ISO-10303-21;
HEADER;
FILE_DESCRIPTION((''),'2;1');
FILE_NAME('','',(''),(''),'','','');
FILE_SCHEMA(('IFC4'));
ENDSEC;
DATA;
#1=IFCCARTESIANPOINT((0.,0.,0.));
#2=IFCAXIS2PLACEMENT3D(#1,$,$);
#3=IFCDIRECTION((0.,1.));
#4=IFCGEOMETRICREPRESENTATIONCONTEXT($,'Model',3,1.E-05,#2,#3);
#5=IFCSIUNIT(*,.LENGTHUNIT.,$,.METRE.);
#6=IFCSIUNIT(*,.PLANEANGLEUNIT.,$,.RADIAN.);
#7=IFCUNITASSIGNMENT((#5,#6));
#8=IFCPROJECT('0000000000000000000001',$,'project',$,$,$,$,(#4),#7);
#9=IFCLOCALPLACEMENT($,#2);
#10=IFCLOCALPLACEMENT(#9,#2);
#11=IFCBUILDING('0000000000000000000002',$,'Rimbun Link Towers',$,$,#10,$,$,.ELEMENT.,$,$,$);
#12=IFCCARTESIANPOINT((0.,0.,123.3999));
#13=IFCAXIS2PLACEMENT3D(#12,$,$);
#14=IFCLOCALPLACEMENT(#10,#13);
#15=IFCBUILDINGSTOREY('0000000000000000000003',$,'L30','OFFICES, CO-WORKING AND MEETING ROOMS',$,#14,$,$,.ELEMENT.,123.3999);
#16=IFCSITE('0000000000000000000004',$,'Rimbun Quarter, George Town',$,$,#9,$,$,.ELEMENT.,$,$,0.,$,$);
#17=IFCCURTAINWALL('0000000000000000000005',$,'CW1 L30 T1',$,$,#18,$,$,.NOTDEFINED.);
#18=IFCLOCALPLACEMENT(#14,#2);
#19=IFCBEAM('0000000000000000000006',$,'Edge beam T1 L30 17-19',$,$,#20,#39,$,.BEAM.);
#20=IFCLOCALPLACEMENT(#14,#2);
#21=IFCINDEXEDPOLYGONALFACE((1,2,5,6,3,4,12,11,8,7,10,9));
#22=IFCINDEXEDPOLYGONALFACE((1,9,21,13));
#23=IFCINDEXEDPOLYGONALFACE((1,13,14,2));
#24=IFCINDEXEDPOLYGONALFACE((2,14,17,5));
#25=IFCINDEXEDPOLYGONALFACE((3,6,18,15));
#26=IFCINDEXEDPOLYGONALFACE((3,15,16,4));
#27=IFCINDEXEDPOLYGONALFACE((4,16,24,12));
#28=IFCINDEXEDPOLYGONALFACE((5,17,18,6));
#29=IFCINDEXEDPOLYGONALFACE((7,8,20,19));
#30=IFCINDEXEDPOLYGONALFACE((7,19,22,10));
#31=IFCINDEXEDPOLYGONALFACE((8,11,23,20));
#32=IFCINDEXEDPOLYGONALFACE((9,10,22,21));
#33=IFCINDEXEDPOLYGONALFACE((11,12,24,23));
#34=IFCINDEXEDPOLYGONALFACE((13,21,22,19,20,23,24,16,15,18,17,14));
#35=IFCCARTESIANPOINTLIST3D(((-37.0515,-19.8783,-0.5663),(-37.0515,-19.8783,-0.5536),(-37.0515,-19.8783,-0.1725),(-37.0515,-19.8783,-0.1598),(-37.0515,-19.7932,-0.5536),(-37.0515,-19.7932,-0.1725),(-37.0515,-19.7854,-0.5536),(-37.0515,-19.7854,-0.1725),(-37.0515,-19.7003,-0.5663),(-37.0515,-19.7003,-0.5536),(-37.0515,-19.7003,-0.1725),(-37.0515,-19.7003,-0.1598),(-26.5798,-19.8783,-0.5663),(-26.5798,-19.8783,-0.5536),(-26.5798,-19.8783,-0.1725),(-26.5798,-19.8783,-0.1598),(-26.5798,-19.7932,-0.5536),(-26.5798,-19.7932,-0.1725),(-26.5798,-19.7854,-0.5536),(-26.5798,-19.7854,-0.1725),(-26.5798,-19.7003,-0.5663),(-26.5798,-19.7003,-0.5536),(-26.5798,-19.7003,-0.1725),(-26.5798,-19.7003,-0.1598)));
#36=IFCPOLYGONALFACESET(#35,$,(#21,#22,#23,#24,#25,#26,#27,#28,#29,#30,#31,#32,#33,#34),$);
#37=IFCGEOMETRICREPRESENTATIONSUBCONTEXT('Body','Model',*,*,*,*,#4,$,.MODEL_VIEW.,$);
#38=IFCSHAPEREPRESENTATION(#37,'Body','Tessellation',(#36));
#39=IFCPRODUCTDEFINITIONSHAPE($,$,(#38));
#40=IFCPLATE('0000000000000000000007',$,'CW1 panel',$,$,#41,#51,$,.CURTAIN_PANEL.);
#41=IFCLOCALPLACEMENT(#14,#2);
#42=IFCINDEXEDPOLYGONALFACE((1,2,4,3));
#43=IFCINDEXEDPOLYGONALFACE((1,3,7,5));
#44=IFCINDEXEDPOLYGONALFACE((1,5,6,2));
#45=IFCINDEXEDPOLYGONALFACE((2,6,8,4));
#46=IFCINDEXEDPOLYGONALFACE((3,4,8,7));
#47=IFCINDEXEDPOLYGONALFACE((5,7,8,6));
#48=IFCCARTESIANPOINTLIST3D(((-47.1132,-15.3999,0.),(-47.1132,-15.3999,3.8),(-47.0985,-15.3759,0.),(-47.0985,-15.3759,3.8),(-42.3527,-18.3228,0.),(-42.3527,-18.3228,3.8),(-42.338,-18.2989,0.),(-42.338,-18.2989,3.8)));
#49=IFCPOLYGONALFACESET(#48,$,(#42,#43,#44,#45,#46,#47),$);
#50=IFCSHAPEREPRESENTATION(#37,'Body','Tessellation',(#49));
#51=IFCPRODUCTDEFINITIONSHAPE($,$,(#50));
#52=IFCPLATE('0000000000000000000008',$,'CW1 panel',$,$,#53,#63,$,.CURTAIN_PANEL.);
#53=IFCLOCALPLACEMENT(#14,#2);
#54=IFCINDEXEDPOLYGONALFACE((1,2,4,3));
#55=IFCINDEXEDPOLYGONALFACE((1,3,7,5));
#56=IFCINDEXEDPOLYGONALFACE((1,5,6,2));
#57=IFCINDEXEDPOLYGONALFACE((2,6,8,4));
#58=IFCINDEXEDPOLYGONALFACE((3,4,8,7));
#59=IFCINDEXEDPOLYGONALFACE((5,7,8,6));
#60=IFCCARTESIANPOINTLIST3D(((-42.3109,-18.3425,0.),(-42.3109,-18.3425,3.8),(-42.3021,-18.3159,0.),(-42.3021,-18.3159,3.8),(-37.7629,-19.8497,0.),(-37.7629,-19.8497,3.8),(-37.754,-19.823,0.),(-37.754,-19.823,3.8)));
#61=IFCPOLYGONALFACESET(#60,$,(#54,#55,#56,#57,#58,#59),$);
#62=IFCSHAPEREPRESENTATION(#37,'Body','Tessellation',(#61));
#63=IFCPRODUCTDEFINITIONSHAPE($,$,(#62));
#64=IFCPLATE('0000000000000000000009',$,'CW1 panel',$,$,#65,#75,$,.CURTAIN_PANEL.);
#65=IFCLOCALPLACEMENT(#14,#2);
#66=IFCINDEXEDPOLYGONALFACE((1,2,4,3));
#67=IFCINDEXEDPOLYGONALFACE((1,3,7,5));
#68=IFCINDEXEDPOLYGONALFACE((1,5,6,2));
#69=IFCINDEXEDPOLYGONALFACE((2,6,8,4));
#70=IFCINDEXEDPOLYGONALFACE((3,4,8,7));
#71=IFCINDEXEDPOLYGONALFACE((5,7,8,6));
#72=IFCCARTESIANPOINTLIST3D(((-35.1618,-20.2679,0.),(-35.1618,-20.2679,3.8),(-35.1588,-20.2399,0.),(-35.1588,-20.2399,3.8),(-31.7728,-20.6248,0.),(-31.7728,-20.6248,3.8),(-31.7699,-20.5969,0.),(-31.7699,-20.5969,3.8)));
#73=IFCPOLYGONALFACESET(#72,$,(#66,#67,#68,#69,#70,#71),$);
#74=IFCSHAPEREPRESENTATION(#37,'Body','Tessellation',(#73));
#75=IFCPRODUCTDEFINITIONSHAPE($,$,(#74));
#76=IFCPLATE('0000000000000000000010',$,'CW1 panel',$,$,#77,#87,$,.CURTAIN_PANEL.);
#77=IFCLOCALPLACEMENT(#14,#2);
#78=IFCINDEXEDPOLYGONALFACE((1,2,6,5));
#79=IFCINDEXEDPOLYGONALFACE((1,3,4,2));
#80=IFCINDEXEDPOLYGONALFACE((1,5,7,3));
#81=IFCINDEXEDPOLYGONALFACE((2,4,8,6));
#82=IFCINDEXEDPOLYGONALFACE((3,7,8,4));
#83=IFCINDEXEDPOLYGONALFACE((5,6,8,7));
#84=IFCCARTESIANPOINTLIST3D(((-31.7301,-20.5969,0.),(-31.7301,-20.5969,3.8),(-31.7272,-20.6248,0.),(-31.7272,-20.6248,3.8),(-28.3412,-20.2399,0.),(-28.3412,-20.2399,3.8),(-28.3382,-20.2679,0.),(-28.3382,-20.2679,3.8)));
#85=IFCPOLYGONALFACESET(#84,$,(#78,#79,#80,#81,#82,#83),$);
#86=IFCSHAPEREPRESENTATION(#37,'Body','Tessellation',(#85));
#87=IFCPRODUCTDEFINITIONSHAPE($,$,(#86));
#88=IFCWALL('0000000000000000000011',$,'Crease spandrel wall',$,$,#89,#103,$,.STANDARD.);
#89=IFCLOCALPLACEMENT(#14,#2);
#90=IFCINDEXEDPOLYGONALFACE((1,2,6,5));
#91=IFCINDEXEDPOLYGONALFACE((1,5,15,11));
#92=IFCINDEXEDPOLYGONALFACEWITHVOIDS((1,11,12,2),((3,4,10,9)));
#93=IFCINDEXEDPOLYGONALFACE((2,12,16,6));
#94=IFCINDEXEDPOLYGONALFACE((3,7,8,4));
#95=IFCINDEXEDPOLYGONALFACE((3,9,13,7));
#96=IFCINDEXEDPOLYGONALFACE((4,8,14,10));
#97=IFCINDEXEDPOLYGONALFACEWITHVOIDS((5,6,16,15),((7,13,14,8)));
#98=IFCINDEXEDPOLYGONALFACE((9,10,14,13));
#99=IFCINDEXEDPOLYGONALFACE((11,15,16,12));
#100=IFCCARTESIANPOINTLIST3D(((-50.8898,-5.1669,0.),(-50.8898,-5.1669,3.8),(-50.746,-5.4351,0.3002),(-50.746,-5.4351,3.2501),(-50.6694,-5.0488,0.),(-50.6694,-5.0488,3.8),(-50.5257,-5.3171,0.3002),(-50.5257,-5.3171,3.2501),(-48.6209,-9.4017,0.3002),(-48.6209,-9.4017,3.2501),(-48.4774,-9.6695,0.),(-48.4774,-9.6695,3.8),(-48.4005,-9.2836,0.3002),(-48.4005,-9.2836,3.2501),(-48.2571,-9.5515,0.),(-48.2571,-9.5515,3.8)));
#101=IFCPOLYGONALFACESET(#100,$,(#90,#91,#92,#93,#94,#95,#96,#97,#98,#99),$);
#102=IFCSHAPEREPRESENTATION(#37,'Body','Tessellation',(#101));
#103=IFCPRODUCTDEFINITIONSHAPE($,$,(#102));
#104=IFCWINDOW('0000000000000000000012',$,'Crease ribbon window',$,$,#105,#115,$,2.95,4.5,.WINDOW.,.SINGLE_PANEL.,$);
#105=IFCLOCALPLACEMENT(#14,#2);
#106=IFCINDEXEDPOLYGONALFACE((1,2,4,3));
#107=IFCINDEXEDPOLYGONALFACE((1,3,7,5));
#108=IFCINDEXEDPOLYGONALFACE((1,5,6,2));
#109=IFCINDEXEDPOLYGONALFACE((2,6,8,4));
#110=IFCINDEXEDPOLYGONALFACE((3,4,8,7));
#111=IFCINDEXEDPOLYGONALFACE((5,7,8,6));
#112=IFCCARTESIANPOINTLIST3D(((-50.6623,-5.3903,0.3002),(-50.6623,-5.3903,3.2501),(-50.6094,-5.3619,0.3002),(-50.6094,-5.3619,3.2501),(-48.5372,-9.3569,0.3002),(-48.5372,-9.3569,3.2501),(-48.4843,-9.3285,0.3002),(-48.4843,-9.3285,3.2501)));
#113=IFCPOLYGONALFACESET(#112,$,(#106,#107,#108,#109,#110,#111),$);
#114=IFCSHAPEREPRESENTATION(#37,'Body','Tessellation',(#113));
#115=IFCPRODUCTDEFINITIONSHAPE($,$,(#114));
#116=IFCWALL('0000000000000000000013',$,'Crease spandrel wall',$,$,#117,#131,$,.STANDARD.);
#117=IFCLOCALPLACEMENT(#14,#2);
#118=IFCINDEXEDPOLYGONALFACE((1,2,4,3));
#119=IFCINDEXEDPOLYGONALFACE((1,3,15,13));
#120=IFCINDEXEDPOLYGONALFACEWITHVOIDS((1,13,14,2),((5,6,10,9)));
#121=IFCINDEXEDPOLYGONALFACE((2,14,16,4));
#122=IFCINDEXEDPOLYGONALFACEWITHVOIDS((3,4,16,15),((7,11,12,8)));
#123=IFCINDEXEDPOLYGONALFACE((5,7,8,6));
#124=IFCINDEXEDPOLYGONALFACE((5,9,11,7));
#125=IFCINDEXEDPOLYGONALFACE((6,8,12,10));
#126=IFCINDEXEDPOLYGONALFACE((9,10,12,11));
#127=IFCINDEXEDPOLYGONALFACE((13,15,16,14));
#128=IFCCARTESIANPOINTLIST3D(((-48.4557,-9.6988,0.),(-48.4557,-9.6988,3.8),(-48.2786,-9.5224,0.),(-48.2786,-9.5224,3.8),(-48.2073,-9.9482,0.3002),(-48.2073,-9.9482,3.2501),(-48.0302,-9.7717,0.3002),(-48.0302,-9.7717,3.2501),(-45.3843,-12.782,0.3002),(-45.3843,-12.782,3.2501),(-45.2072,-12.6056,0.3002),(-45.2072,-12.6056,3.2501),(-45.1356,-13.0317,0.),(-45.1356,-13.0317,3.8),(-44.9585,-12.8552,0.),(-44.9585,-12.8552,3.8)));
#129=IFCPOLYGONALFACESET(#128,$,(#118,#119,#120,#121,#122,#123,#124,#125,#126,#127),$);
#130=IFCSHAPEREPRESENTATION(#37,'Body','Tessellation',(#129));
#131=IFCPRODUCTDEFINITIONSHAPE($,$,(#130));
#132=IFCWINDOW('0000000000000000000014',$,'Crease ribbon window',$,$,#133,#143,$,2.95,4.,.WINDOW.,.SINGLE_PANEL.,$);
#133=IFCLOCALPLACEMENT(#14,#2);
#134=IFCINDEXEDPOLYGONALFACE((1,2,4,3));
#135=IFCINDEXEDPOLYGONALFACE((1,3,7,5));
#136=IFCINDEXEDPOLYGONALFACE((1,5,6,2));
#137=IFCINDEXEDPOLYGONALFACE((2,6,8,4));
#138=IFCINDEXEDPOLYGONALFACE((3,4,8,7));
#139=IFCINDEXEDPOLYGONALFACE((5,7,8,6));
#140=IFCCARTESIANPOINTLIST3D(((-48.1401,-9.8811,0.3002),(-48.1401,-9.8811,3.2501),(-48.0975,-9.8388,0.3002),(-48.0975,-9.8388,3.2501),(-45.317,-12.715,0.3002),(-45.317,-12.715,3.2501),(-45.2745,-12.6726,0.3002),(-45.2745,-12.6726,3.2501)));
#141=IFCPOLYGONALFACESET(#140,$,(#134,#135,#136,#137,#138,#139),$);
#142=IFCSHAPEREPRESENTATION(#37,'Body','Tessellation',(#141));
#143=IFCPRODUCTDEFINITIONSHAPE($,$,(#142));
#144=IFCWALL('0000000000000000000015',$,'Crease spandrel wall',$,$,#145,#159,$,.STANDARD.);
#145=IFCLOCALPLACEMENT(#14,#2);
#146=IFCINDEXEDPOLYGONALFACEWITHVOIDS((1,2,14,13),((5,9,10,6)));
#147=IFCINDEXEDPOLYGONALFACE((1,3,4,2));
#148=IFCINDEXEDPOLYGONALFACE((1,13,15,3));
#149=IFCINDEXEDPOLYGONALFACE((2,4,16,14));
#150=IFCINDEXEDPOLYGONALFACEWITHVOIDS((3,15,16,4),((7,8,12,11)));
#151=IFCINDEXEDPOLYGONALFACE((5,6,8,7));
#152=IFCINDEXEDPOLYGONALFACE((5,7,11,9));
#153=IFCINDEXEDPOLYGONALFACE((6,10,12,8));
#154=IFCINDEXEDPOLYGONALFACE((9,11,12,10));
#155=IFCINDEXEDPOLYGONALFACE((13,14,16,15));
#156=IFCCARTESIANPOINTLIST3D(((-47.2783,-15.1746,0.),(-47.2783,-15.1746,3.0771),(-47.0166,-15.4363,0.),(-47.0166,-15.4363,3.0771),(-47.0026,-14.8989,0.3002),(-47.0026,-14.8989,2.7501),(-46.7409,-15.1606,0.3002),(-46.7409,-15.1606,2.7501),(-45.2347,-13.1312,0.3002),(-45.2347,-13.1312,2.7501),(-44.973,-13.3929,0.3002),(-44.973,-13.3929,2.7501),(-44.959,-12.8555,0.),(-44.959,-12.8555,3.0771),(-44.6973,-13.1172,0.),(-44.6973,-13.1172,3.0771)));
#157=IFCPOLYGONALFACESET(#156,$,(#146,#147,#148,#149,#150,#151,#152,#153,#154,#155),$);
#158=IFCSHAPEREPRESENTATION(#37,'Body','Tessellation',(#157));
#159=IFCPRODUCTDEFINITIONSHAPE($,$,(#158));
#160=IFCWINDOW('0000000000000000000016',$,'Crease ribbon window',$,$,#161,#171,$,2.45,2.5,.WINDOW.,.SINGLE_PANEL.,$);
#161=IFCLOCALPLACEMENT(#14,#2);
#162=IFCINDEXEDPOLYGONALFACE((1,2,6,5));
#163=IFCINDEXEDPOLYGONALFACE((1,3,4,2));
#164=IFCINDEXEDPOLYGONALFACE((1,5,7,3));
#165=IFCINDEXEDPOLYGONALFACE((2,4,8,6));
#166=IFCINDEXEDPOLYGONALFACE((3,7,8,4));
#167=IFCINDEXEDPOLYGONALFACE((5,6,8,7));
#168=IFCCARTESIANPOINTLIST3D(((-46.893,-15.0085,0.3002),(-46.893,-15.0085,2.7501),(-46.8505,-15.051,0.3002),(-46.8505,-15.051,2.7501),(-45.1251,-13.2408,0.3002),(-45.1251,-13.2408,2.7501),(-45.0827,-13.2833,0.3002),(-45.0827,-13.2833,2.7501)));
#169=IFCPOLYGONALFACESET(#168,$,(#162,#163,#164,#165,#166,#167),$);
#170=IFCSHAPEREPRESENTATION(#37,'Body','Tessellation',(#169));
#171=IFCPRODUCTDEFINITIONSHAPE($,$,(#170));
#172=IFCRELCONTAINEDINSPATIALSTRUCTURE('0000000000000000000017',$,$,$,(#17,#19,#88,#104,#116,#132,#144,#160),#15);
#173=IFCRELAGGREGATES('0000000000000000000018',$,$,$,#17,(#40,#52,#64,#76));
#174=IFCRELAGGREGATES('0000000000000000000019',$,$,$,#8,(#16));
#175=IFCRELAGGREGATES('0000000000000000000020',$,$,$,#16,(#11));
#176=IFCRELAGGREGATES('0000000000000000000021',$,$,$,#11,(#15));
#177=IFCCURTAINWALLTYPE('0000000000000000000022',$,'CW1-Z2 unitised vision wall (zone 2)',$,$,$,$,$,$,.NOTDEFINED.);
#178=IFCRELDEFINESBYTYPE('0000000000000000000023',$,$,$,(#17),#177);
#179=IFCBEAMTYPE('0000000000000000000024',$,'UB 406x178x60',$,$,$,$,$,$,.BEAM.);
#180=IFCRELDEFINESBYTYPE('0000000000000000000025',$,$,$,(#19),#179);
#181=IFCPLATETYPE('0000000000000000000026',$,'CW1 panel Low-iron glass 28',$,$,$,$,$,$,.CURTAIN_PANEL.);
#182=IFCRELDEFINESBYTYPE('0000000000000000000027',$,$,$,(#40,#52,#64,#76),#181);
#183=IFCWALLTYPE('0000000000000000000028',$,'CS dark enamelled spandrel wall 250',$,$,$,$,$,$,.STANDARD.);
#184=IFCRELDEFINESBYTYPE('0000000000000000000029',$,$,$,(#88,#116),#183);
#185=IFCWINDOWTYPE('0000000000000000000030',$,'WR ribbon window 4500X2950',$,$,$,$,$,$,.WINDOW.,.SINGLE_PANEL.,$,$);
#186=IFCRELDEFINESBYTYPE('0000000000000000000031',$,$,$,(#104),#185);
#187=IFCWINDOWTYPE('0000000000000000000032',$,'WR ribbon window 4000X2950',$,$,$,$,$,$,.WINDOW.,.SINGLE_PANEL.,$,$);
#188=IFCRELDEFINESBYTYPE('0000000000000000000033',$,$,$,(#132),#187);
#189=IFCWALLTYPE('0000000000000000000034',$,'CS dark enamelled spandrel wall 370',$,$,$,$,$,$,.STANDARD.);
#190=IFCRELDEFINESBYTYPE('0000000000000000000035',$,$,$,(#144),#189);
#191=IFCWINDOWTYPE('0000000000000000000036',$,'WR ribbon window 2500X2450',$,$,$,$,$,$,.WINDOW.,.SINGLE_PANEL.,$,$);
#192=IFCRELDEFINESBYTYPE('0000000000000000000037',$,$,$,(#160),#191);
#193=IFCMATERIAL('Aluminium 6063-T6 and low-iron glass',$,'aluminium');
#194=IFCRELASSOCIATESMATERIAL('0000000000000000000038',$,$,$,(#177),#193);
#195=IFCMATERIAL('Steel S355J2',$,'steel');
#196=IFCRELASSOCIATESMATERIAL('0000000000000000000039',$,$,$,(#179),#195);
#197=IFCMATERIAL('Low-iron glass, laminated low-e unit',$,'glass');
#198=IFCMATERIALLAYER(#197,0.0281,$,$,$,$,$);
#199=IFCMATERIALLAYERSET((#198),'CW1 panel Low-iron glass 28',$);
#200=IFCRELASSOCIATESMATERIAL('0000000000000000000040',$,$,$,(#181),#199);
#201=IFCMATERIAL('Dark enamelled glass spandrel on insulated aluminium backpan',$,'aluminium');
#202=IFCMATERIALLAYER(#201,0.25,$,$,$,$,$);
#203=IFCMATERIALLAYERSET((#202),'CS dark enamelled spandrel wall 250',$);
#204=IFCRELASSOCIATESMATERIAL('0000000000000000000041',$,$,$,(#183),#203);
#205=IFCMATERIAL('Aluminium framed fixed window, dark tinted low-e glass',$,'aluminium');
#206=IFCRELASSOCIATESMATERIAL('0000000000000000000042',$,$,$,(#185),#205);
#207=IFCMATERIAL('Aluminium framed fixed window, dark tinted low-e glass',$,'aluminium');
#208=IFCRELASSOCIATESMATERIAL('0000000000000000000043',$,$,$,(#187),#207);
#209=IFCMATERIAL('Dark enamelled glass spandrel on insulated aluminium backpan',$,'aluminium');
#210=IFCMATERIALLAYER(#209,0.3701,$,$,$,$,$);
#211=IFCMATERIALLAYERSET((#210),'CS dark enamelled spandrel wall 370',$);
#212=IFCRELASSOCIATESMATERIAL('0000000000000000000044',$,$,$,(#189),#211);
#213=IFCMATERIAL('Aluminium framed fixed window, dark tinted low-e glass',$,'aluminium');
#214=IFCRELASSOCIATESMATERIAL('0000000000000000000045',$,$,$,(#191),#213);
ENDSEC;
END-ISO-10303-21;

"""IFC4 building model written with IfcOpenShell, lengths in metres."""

from ifc_helpers import new_model, si_unit, direction, frame, frame_2d, origin, origin_2d, place, context, subcontext, project, spatial, rectangle, i_section, extrude, material, layer, layer_set, material_profile, profile_set, type_object, element, fill, aggregate, save


model = new_model("IFC4")

# Units and contexts
model_context = context("Model", 3, precision=1e-05, world=origin(), true_north=direction((0.0, 1.0)))
body_context = subcontext(model_context, "Body", "Model", "MODEL_VIEW")
ifc_project = project(units=[si_unit("LENGTHUNIT", "METRE"), si_unit("PLANEANGLEUNIT", "RADIAN")], contexts=[model_context])

# Site, building, storey
site_placement = place(None, origin())
site = spatial("IfcSite", under=ifc_project, at=site_placement, Name="Rimbun Quarter, George Town", CompositionType="ELEMENT", RefElevation=0.0)
building_placement = place(site_placement, origin())
building = spatial("IfcBuilding", under=site, at=building_placement, Name="Rimbun Link Towers", CompositionType="ELEMENT")
storey_placement = place(building_placement, frame((0.0, 0.0, 123.3999)))
storey = spatial("IfcBuildingStorey", under=building, at=storey_placement, Name="L30", Description="OFFICES, CO-WORKING AND MEETING ROOMS", CompositionType="ELEMENT", Elevation=123.3999)

# Curtain wall
ifc_material_1 = material(Name="Aluminium 6063-T6 and low-iron glass", Category="aluminium")
curtain_wall_type = type_object("IfcCurtainWallType", Name="CW1-Z2 unitised vision wall (zone 2)", PredefinedType="NOTDEFINED", material=ifc_material_1)
curtain_wall_placement = place(storey_placement, origin())
curtain_wall = element("IfcCurtainWall", 1, at=curtain_wall_placement, inside=storey, type_object=curtain_wall_type, Name="CW1 L30 T1", PredefinedType="NOTDEFINED")

# Beam
ifc_material_2 = material(Name="Steel S355J2", Category="steel")
ifc_material_profile_1 = material_profile(ifc_material_2, i_section(OverallWidth=0.178, OverallDepth=0.4065, WebThickness=0.0078, FlangeThickness=0.0127, at=origin_2d()), Name="UB 406x178x60")
ifc_profile_set_1 = profile_set([ifc_material_profile_1], Name="Steel S355J2")
beam_type = type_object("IfcBeamType", Name="UB 406x178x60", PredefinedType="BEAM", material=ifc_profile_set_1)
beam_1_placement = place(storey_placement, frame((-37.0515, -19.7893, -0.363), z_axis=(1.0, 0.0, 0.0), x_axis=(0.0, 1.0, 0.0)))
element("IfcBeam", 2, at=beam_1_placement, inside=storey, type_object=beam_type, Name="Edge beam T1 L30 17-19", PredefinedType="BEAM", context=body_context, shape_type="SweptSolid", body=[
    extrude(i_section(OverallWidth=0.178, OverallDepth=0.4065, WebThickness=0.0078, FlangeThickness=0.0127, at=origin_2d()), origin(), (0.0, 0.0, 1.0), 10.4717),
])

# Plates
ifc_material_3 = material(Name="Low-iron glass, laminated low-e unit", Category="glass")
ifc_layer_1 = layer(ifc_material_3, 0.0281)
ifc_layer_set_1 = layer_set([ifc_layer_1], Name="CW1 panel Low-iron glass 28")
plate_type = type_object("IfcPlateType", Name="CW1 panel Low-iron glass 28", PredefinedType="CURTAIN_PANEL", material=ifc_layer_set_1)
plate_1_placement = place(storey_placement, frame((-44.7256, -16.8494, 0.0), z_axis=(0.0, 0.0, 1.0), x_axis=(-0.852183, 0.523243, 0.0)))
plate_1 = element("IfcPlate", 3, at=plate_1_placement, type_object=plate_type, Name="CW1 panel", PredefinedType="CURTAIN_PANEL", context=body_context, shape_type="SweptSolid", body=[
    extrude(rectangle(XDim=5.5862, YDim=0.0281, at=origin_2d()), origin(), (0.0, 0.0, 1.0), 3.8),
])
plate_2_placement = place(storey_placement, frame((-40.0325, -19.0828, 0.0), z_axis=(0.0, 0.0, 1.0), x_axis=(-0.949236, 0.314563, 0.0)))
plate_2 = element("IfcPlate", 4, at=plate_2_placement, type_object=plate_type, Name="CW1 panel", PredefinedType="CURTAIN_PANEL", context=body_context, shape_type="SweptSolid", body=[
    extrude(rectangle(XDim=4.7913, YDim=0.0281, at=origin_2d()), origin(), (0.0, 0.0, 1.0), 3.8),
])
plate_3_placement = place(storey_placement, frame((-33.4658, -20.4324, 0.0), z_axis=(0.0, 0.0, 1.0), x_axis=(-0.994499, 0.104748, 0.0)))
plate_3 = element("IfcPlate", 5, at=plate_3_placement, type_object=plate_type, Name="CW1 panel", PredefinedType="CURTAIN_PANEL", context=body_context, shape_type="SweptSolid", body=[
    extrude(rectangle(XDim=3.4077, YDim=0.0281, at=origin_2d()), origin(), (0.0, 0.0, 1.0), 3.8),
])
plate_4_placement = place(storey_placement, frame((-30.0342, -20.4324, 0.0), z_axis=(0.0, 0.0, 1.0), x_axis=(-0.994499, -0.104748, 0.0)))
plate_4 = element("IfcPlate", 6, at=plate_4_placement, type_object=plate_type, Name="CW1 panel", PredefinedType="CURTAIN_PANEL", context=body_context, shape_type="SweptSolid", body=[
    extrude(rectangle(XDim=3.4077, YDim=0.0281, at=origin_2d()), origin(), (0.0, 0.0, 1.0), 3.8),
])
aggregate(curtain_wall, [plate_1, plate_2, plate_3, plate_4])

# Walls, openings, windows
ifc_material_4 = material(Name="Dark enamelled glass spandrel on insulated aluminium backpan", Category="aluminium")
ifc_layer_2 = layer(ifc_material_4, 0.25)
ifc_layer_set_2 = layer_set([ifc_layer_2], Name="CS dark enamelled spandrel wall 250")
wall_type_1 = type_object("IfcWallType", Name="CS dark enamelled spandrel wall 250", PredefinedType="STANDARD", material=ifc_layer_set_2)
wall_1_placement = place(storey_placement, frame((-48.3672, -9.6106, 0.0), z_axis=(0.0, 0.0, 1.0), x_axis=(-0.472252, 0.881464, 0.0)))
wall_1 = element("IfcWall", 7, at=wall_1_placement, inside=storey, type_object=wall_type_1, Name="Crease spandrel wall", PredefinedType="STANDARD", context=body_context, shape_type="SweptSolid", body=[
    extrude(rectangle(XDim=5.1082, YDim=0.25, at=frame_2d((2.5542, 0.0))), origin(), (0.0, 0.0, 1.0), 3.8),
])
opening_1_placement = place(wall_1_placement, frame((0.304, 0.0, 0.3)))
opening_1 = element("IfcOpeningElement", 8, at=opening_1_placement, cuts=wall_1, PredefinedType="OPENING", context=body_context, shape_type="SweptSolid", body=[
    extrude(rectangle(XDim=4.5, YDim=2.95, at=frame_2d((2.25, 1.4751))), frame((0.0, 0.135, 0.0), z_axis=(0.0, -1.0, 0.0), x_axis=(1.0, 0.0, 0.0)), (0.0, 0.0, 1.0), 0.27),
])
ifc_material_5 = material(Name="Aluminium framed fixed window, dark tinted low-e glass", Category="aluminium")
window_type_1 = type_object("IfcWindowType", Name="WR ribbon window 4500X2950", PartitioningType="SINGLE_PANEL", PredefinedType="WINDOW", material=ifc_material_5)
window_1_placement = place(opening_1_placement, origin())
window_1 = element("IfcWindow", 9, at=window_1_placement, inside=storey, type_object=window_type_1, Name="Crease ribbon window", OverallHeight=2.95, OverallWidth=4.5, PartitioningType="SINGLE_PANEL", PredefinedType="WINDOW", context=body_context, shape_type="SweptSolid", body=[
    extrude(rectangle(XDim=4.5, YDim=2.95, at=frame_2d((2.25, 1.4751))), frame((0.0, 0.03, 0.0), z_axis=(0.0, -1.0, 0.0), x_axis=(1.0, 0.0, 0.0)), (0.0, 0.0, 1.0), 0.0601),
])
fill(opening_1, window_1)
wall_2_placement = place(storey_placement, frame((-45.0471, -12.9434, 0.0), z_axis=(0.0, 0.0, 1.0), x_axis=(-0.705756, 0.708455, 0.0)))
wall_2 = element("IfcWall", 10, at=wall_2_placement, inside=storey, type_object=wall_type_1, Name="Crease spandrel wall", PredefinedType="STANDARD", context=body_context, shape_type="SweptSolid", body=[
    extrude(rectangle(XDim=4.7043, YDim=0.25, at=frame_2d((2.3521, 0.0))), origin(), (0.0, 0.0, 1.0), 3.8),
])
opening_2_placement = place(wall_2_placement, frame((0.3523, 0.0, 0.3)))
opening_2 = element("IfcOpeningElement", 11, at=opening_2_placement, cuts=wall_2, PredefinedType="OPENING", context=body_context, shape_type="SweptSolid", body=[
    extrude(rectangle(XDim=4.0, YDim=2.95, at=frame_2d((2.0, 1.4751))), frame((0.0, 0.135, 0.0), z_axis=(0.0, -1.0, 0.0), x_axis=(1.0, 0.0, 0.0)), (0.0, 0.0, 1.0), 0.27),
])
ifc_material_6 = material(Name="Aluminium framed fixed window, dark tinted low-e glass", Category="aluminium")
window_type_2 = type_object("IfcWindowType", Name="WR ribbon window 4000X2950", PartitioningType="SINGLE_PANEL", PredefinedType="WINDOW", material=ifc_material_6)
window_2_placement = place(opening_2_placement, origin())
window_2 = element("IfcWindow", 12, at=window_2_placement, inside=storey, type_object=window_type_2, Name="Crease ribbon window", OverallHeight=2.95, OverallWidth=4.0, PartitioningType="SINGLE_PANEL", PredefinedType="WINDOW", context=body_context, shape_type="SweptSolid", body=[
    extrude(rectangle(XDim=4.0, YDim=2.95, at=frame_2d((2.0, 1.4751))), frame((0.0, 0.03, 0.0), z_axis=(0.0, -1.0, 0.0), x_axis=(1.0, 0.0, 0.0)), (0.0, 0.0, 1.0), 0.0601),
])
fill(opening_2, window_2)
ifc_material_7 = material(Name="Dark enamelled glass spandrel on insulated aluminium backpan", Category="aluminium")
ifc_layer_3 = layer(ifc_material_7, 0.3701)
ifc_layer_set_3 = layer_set([ifc_layer_3], Name="CS dark enamelled spandrel wall 370")
wall_type_2 = type_object("IfcWallType", Name="CS dark enamelled spandrel wall 370", PredefinedType="STANDARD", material=ifc_layer_set_3)
wall_3_placement = place(storey_placement, frame((-47.1475, -15.3054, 0.0), z_axis=(0.0, 0.0, 1.0), x_axis=(0.707144, 0.70707, 0.0)))
wall_3 = element("IfcWall", 13, at=wall_3_placement, inside=storey, type_object=wall_type_2, Name="Crease spandrel wall", PredefinedType="STANDARD", context=body_context, shape_type="SweptSolid", body=[
    extrude(rectangle(XDim=3.2798, YDim=0.3701, at=frame_2d((1.6399, 0.0))), origin(), (0.0, 0.0, 1.0), 3.0771),
])
opening_3_placement = place(wall_3_placement, frame((0.3899, 0.0, 0.3)))
opening_3 = element("IfcOpeningElement", 14, at=opening_3_placement, cuts=wall_3, PredefinedType="OPENING", context=body_context, shape_type="SweptSolid", body=[
    extrude(rectangle(XDim=2.5, YDim=2.45, at=frame_2d((1.25, 1.2251))), frame((0.0, 0.1951, 0.0), z_axis=(0.0, -1.0, 0.0), x_axis=(1.0, 0.0, 0.0)), (0.0, 0.0, 1.0), 0.3901),
])
ifc_material_8 = material(Name="Aluminium framed fixed window, dark tinted low-e glass", Category="aluminium")
window_type_3 = type_object("IfcWindowType", Name="WR ribbon window 2500X2450", PartitioningType="SINGLE_PANEL", PredefinedType="WINDOW", material=ifc_material_8)
window_3_placement = place(opening_3_placement, origin())
window_3 = element("IfcWindow", 15, at=window_3_placement, inside=storey, type_object=window_type_3, Name="Crease ribbon window", OverallHeight=2.45, OverallWidth=2.5, PartitioningType="SINGLE_PANEL", PredefinedType="WINDOW", context=body_context, shape_type="SweptSolid", body=[
    extrude(rectangle(XDim=2.5, YDim=2.45, at=frame_2d((1.25, 1.2251))), frame((0.0, 0.03, 0.0), z_axis=(0.0, -1.0, 0.0), x_axis=(1.0, 0.0, 0.0)), (0.0, 0.0, 1.0), 0.0601),
])
fill(opening_3, window_3)

save(model, "model.ifc")
